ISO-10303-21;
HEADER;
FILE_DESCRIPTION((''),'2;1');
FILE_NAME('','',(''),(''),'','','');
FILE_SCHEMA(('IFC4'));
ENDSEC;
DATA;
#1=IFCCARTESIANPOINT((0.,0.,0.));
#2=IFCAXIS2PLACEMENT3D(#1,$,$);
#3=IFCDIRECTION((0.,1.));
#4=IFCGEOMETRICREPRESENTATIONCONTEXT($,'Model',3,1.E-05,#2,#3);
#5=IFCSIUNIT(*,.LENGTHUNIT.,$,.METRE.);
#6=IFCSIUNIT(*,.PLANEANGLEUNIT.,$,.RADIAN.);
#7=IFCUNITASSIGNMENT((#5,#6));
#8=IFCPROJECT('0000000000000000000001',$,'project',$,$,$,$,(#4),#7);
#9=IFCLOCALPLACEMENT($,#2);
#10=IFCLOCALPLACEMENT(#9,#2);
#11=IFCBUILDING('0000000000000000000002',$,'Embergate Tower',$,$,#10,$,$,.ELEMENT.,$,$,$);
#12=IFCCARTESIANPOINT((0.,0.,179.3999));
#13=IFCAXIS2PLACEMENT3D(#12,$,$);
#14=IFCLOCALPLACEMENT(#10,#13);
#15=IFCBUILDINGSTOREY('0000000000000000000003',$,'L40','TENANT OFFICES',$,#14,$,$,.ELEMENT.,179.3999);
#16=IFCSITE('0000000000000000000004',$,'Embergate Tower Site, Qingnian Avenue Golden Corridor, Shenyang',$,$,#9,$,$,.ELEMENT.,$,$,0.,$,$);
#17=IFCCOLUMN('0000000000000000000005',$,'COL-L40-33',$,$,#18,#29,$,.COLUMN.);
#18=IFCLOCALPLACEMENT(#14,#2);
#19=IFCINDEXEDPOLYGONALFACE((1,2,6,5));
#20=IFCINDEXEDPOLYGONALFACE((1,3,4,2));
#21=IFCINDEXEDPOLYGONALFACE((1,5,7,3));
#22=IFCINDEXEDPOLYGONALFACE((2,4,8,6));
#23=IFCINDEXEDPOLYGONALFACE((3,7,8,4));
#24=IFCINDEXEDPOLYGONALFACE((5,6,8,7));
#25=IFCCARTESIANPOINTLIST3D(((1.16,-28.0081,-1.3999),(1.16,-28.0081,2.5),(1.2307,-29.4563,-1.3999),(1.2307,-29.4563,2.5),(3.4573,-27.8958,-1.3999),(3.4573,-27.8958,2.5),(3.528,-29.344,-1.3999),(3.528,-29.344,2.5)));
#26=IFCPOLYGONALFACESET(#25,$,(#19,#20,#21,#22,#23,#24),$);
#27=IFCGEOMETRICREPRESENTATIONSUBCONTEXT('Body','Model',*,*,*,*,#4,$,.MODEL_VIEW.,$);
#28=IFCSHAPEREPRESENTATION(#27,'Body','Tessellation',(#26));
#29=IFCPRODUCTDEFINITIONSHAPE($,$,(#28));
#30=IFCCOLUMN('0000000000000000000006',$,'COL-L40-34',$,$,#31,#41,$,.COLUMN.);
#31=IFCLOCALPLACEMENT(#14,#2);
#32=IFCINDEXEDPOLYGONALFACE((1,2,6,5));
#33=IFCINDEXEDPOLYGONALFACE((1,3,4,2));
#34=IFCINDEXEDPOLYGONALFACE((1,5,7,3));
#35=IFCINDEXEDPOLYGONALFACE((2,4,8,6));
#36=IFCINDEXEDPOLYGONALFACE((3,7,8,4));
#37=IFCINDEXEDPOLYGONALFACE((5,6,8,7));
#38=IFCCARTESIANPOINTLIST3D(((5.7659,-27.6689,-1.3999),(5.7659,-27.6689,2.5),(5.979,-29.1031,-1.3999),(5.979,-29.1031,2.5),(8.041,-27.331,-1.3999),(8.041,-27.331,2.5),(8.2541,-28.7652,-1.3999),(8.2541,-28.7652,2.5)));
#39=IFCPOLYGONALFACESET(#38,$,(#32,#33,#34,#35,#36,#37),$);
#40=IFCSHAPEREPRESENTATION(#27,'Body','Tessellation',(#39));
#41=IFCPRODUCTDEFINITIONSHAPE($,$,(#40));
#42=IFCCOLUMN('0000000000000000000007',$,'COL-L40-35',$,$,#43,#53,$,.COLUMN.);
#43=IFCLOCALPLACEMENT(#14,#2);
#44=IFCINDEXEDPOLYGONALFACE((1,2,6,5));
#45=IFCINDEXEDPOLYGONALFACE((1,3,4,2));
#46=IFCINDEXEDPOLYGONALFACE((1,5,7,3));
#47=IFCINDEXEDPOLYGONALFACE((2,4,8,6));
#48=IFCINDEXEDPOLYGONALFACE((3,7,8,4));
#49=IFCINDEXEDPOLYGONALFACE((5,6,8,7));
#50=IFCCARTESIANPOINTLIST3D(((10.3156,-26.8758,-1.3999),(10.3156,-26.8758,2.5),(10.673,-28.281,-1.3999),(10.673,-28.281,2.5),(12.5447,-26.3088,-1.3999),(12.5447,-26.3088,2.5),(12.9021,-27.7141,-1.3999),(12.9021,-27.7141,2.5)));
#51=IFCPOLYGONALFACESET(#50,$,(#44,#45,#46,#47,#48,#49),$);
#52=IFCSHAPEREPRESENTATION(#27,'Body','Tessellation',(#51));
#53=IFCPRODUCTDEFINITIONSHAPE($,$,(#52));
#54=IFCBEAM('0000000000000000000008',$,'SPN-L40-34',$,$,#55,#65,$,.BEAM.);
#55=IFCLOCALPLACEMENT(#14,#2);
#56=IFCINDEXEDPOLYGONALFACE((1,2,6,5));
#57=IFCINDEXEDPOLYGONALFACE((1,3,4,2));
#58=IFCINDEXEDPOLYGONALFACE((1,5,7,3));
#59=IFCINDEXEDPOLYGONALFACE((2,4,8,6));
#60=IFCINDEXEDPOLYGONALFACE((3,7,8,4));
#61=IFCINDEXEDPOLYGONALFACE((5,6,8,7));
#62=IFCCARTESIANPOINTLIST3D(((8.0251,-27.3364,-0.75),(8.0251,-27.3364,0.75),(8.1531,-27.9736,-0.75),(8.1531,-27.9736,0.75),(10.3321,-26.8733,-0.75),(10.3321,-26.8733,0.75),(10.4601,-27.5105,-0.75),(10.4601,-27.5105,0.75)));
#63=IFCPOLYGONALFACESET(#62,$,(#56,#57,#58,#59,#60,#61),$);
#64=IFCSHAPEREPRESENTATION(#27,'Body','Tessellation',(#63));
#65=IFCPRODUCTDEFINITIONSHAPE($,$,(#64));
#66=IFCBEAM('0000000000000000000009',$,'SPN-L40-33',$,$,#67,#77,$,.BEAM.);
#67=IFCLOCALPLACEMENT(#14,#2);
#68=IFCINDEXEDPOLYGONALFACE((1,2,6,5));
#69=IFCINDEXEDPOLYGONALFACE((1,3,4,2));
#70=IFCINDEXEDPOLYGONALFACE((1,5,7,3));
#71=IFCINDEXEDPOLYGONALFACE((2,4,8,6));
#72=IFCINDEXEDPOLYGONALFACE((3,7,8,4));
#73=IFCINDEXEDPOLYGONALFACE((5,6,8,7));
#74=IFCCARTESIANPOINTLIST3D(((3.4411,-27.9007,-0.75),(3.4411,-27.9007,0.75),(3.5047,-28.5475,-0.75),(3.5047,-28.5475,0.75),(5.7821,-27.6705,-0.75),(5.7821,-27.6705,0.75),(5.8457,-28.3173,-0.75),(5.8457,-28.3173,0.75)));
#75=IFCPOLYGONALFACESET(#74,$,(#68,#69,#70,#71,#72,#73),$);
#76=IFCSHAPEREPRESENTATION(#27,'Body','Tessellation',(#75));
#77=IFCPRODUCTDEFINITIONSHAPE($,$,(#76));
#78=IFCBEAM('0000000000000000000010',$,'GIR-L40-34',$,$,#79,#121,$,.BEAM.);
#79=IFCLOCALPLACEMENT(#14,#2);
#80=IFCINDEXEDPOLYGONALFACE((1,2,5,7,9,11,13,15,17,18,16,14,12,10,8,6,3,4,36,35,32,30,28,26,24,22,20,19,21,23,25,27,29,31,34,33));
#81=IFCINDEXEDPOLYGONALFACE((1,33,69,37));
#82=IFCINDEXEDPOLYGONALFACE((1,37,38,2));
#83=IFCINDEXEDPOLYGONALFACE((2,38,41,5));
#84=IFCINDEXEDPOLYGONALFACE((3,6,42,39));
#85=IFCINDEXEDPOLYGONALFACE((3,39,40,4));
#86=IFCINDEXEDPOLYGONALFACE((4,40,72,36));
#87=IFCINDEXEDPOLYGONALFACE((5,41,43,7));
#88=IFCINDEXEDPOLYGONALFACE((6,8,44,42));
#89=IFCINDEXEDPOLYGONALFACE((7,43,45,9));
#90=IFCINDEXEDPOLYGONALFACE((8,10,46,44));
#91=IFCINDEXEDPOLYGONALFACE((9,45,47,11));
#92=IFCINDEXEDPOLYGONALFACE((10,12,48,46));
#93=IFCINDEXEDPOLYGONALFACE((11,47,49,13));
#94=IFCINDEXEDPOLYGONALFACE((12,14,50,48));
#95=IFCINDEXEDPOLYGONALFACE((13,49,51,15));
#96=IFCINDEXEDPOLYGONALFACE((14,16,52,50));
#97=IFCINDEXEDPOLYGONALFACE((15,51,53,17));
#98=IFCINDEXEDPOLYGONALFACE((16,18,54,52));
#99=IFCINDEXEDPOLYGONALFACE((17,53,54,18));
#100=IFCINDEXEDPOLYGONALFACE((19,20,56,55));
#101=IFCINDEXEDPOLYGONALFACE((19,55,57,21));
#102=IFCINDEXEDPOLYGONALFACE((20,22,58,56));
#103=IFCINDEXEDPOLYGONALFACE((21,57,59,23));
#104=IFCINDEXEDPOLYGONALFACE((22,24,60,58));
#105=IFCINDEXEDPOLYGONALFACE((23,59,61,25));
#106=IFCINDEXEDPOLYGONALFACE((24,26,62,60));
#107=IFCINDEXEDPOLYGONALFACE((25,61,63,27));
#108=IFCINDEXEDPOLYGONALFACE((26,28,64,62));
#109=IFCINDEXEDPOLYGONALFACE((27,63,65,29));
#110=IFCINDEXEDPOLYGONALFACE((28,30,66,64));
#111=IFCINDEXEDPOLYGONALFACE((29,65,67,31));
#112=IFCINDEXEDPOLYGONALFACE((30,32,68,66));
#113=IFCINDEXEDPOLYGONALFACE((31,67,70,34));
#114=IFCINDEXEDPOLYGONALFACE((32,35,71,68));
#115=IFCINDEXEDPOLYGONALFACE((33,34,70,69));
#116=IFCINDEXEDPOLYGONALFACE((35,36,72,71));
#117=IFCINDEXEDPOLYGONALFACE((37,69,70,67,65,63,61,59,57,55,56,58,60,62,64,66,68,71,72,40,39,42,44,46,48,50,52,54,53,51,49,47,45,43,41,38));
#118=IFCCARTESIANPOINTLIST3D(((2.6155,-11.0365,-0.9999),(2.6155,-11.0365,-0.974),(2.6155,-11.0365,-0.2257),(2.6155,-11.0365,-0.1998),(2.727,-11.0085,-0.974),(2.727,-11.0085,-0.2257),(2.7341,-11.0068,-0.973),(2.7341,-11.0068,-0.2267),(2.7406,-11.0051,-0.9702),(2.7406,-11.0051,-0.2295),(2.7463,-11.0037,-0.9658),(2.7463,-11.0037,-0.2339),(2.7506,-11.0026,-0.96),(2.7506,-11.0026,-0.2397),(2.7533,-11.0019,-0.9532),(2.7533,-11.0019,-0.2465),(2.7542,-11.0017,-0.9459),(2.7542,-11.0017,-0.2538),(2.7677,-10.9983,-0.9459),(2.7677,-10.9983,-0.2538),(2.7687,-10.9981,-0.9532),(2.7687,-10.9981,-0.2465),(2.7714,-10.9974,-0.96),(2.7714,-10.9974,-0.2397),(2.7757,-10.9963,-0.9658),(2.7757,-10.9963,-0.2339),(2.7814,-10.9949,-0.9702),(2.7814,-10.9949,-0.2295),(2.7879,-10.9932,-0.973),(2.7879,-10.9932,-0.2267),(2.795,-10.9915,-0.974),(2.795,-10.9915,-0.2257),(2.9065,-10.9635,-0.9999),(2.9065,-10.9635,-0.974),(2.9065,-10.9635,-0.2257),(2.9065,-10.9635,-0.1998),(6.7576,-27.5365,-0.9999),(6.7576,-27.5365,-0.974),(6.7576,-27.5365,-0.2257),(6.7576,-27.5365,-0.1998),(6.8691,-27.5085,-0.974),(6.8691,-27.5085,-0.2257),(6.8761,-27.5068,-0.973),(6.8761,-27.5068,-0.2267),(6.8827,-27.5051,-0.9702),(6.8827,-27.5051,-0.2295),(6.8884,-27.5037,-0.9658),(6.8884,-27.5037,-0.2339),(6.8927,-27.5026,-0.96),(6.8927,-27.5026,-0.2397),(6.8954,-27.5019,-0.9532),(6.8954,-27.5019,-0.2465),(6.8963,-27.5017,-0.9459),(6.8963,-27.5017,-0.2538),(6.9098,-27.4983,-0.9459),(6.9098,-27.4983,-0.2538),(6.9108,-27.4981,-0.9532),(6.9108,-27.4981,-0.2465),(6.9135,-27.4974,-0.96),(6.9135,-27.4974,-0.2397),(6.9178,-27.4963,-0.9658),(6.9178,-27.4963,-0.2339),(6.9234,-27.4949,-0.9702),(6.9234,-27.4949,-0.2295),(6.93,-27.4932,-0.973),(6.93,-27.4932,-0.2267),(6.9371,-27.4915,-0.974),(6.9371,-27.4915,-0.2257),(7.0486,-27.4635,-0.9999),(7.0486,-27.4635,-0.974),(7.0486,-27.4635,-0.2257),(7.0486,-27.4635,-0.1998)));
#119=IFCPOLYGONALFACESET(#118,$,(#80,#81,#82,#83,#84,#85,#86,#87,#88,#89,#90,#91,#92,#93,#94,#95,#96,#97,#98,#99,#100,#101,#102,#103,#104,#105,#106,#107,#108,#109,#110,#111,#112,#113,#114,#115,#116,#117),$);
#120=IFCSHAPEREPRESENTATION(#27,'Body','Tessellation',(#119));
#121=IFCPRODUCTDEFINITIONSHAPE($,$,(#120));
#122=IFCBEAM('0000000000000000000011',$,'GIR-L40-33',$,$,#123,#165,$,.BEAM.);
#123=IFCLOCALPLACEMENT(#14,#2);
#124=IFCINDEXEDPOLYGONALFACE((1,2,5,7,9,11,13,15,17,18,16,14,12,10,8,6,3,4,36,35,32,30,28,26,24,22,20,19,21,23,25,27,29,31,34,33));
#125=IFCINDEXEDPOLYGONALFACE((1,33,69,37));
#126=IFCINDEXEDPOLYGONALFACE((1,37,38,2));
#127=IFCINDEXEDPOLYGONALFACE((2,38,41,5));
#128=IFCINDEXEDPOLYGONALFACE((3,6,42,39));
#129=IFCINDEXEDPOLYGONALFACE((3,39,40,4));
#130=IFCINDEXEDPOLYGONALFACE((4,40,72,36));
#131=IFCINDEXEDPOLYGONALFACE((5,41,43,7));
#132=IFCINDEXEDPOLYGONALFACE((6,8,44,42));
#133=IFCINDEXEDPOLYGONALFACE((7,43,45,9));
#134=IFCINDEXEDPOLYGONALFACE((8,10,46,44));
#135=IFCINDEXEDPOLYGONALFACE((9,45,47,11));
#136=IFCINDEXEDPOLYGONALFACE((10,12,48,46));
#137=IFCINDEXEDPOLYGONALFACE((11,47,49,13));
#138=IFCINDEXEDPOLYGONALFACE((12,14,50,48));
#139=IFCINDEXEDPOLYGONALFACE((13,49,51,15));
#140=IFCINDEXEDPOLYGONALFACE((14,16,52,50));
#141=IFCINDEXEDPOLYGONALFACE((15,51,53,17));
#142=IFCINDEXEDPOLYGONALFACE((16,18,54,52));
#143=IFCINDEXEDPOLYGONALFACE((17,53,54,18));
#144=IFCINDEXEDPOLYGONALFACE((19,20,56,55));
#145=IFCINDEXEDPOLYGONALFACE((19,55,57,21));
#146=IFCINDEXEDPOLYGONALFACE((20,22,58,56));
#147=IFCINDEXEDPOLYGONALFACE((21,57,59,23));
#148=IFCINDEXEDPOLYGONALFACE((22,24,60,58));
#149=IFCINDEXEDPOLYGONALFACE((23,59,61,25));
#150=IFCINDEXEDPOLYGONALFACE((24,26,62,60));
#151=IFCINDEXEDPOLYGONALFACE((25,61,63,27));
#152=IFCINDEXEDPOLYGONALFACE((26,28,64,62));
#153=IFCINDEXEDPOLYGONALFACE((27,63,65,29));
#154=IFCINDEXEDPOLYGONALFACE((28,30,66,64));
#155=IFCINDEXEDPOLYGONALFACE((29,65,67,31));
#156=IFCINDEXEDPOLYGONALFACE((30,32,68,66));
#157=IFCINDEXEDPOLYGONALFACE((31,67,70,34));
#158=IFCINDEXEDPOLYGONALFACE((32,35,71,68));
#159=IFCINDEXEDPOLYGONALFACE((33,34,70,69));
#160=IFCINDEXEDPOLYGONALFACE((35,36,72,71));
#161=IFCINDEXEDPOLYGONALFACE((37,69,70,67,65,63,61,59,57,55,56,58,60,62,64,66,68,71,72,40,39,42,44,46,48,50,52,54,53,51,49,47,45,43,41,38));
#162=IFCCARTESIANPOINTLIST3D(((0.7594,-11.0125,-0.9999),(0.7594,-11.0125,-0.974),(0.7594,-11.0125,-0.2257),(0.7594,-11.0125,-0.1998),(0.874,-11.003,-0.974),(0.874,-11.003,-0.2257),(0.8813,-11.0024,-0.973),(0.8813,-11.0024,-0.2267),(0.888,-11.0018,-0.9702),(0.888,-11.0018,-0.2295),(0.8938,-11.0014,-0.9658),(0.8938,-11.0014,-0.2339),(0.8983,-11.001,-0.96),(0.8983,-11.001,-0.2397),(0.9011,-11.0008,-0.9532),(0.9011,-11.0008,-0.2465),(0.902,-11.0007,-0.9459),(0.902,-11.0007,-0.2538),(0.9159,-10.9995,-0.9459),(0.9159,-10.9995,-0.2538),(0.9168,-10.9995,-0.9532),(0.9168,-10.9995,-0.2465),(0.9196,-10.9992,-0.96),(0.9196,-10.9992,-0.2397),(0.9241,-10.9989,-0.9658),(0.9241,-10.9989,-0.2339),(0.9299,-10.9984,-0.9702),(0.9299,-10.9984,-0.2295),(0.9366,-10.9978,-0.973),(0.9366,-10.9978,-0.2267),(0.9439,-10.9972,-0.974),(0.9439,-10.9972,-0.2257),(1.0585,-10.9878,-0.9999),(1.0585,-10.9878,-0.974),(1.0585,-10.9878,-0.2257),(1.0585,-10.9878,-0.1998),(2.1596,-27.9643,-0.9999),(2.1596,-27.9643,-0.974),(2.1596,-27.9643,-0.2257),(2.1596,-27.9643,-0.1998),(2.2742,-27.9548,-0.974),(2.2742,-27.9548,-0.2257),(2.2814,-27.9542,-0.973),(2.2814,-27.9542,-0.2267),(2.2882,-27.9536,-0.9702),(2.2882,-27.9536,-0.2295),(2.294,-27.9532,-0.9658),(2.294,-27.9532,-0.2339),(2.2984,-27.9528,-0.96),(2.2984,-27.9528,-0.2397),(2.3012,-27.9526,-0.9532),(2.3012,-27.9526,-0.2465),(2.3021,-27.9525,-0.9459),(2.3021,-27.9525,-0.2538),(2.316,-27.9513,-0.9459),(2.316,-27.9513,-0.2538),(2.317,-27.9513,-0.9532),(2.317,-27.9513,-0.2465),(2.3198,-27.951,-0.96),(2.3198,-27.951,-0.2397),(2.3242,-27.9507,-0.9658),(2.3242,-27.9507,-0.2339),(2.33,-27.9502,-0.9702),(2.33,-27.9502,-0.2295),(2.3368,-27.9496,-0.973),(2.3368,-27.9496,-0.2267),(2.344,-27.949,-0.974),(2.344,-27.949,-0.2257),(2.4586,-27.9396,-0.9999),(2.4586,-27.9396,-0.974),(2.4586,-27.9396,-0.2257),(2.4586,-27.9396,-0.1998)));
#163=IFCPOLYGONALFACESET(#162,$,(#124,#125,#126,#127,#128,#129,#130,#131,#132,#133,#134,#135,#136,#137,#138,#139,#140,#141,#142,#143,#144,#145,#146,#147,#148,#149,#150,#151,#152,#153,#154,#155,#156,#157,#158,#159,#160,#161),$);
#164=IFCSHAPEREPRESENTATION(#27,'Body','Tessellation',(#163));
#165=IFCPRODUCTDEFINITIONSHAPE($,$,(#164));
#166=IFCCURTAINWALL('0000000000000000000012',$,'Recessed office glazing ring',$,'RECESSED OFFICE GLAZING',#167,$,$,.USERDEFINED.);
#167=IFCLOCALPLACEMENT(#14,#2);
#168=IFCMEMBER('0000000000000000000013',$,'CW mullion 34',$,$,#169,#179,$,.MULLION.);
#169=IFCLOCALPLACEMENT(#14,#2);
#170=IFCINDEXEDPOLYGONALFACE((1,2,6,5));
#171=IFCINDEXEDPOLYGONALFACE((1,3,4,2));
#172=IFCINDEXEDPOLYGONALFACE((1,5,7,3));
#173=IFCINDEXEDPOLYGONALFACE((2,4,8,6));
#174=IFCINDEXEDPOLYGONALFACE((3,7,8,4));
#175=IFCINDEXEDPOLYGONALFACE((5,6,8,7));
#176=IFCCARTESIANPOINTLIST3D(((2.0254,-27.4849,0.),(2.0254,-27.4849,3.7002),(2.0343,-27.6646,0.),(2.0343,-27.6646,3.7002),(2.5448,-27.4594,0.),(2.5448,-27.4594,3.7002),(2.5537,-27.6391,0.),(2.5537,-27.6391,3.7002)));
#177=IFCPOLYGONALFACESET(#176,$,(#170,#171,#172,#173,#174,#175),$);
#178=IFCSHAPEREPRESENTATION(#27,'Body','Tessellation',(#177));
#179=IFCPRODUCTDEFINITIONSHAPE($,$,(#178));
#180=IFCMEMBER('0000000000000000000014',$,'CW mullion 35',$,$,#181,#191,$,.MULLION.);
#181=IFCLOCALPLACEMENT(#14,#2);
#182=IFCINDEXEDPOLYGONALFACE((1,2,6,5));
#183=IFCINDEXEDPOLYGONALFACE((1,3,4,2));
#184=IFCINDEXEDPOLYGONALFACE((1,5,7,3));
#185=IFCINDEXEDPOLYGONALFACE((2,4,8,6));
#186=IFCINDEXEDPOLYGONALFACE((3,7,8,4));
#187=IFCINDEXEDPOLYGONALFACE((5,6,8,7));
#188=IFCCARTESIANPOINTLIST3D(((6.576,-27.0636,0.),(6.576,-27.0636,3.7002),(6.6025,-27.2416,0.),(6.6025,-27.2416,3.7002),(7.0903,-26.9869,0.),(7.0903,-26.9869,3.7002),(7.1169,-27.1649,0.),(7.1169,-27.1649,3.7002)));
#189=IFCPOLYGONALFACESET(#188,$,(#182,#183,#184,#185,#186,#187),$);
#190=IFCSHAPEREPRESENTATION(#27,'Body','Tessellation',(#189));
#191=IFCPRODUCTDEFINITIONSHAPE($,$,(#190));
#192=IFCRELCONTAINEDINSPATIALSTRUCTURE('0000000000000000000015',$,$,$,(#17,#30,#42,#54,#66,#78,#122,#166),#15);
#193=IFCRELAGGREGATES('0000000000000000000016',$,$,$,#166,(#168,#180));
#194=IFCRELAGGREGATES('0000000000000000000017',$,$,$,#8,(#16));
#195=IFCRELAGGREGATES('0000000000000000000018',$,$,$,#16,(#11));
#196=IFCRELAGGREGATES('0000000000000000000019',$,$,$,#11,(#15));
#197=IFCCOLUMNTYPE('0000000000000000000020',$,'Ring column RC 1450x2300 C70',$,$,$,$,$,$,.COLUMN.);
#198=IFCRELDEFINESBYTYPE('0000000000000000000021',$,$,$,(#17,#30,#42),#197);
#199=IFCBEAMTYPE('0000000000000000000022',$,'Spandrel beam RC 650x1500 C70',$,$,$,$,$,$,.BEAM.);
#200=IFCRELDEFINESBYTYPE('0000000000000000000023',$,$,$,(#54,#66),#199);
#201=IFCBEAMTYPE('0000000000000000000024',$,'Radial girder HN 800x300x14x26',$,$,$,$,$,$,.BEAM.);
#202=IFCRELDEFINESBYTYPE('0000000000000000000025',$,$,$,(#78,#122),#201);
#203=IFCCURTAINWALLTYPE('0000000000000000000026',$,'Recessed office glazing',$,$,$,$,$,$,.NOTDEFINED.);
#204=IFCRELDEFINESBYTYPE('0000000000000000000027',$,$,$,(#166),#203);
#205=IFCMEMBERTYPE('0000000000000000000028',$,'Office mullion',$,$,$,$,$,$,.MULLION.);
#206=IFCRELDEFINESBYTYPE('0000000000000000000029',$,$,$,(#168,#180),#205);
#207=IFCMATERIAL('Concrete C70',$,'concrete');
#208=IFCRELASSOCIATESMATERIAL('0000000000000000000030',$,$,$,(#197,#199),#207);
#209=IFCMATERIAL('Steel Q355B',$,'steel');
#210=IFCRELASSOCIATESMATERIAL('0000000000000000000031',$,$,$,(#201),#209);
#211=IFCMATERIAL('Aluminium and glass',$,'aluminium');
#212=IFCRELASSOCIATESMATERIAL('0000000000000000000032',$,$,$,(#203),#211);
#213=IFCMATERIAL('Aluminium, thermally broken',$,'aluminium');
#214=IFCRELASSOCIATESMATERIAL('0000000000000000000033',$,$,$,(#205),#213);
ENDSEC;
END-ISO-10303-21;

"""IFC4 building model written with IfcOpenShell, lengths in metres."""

from ifc_helpers import new_model, si_unit, direction, frame, origin, origin_2d, place, context, subcontext, project, spatial, rectangle, i_section, extrude, source, transform, mapped, material, material_profile, profile_set, type_object, element, aggregate, save


model = new_model("IFC4")

# Units and contexts
model_context = context("Model", 3, precision=1e-05, world=origin(), true_north=direction((0.0, 1.0)))
body_context = subcontext(model_context, "Body", "Model", "MODEL_VIEW")
ifc_project = project(units=[si_unit("LENGTHUNIT", "METRE"), si_unit("PLANEANGLEUNIT", "RADIAN")], contexts=[model_context])

# Site, building, storey
site_placement = place(None, origin())
site = spatial("IfcSite", under=ifc_project, at=site_placement, Name="Embergate Tower Site, Qingnian Avenue Golden Corridor, Shenyang", CompositionType="ELEMENT", RefElevation=0.0)
building_placement = place(site_placement, origin())
building = spatial("IfcBuilding", under=site, at=building_placement, Name="Embergate Tower", CompositionType="ELEMENT")
storey_placement = place(building_placement, frame((0.0, 0.0, 179.3999)))
storey = spatial("IfcBuildingStorey", under=building, at=storey_placement, Name="L40", Description="TENANT OFFICES", CompositionType="ELEMENT", Elevation=179.3999)

# Columns
ifc_material_1 = material(Name="Concrete C70", Category="concrete")
ifc_material_profile_1 = material_profile(ifc_material_1, rectangle(XDim=1.45, YDim=2.3, at=origin_2d()), Name="RC 1450x2300")
ifc_profile_set_1 = profile_set([ifc_material_profile_1], Name="Concrete C70")
column_type = type_object("IfcColumnType", Name="Ring column RC 1450x2300 C70", PredefinedType="COLUMN", material=ifc_profile_set_1)
shared_shape_1 = source(origin(), body_context, "Body", "SweptSolid", [
    extrude(rectangle(XDim=1.45, YDim=2.3, at=origin_2d()), origin(), (0.0, 0.0, 1.0), 3.8999),
])
for number, where, z_axis, x_axis, name in (
    (1, (2.344, -28.676, -1.3999), (0.0, 0.0, 1.0), (0.048815, -0.998808, 0.0), "COL-L40-33"),
    (2, (7.01, -28.217, -1.3999), (0.0, 0.0, 1.0), (0.146929, -0.989147, 0.0), "COL-L40-34"),
    (3, (11.6089, -27.2949, -1.3999), (0.0, 0.0, 1.0), (0.246492, -0.969145, 0.0), "COL-L40-35"),
):
    element("IfcColumn", number, at=place(storey_placement, frame(where, z_axis=z_axis, x_axis=x_axis)), inside=storey, type_object=column_type, Name=name, PredefinedType="COLUMN", context=body_context, shape_type="MappedRepresentation", body=[
        mapped(shared_shape_1, transform((0.0, 0.0, 0.0))),
    ])

# Beams
ifc_material_profile_2 = material_profile(ifc_material_1, rectangle(XDim=0.6499, YDim=1.5, at=origin_2d()), Name="RC 650x1500")
ifc_profile_set_2 = profile_set([ifc_material_profile_2], Name="Concrete C70")
beam_type_1 = type_object("IfcBeamType", Name="Spandrel beam RC 650x1500 C70", PredefinedType="BEAM", material=ifc_profile_set_2)
shared_shape_2 = source(origin(), body_context, "Body", "SweptSolid", [
    extrude(rectangle(XDim=0.6499, YDim=1.5, at=origin_2d()), origin(), (0.0, 0.0, 1.0), 2.353),
])
beam_1_placement = place(storey_placement, frame((8.0891, -27.655, 0.0), z_axis=(0.980437, 0.196834, 0.0), x_axis=(-0.196834, 0.980437, 0.0)))
element("IfcBeam", 4, at=beam_1_placement, inside=storey, type_object=beam_type_1, Name="SPN-L40-34", PredefinedType="BEAM", context=body_context, shape_type="MappedRepresentation", body=[
    mapped(shared_shape_2, transform((0.0, 0.0, 0.0))),
])
shared_shape_3 = source(origin(), body_context, "Body", "SweptSolid", [
    extrude(rectangle(XDim=0.6499, YDim=1.5, at=origin_2d()), origin(), (0.0, 0.0, 1.0), 2.3523),
])
beam_2_placement = place(storey_placement, frame((3.4729, -28.2241, 0.0), z_axis=(0.995199, 0.09787, 0.0), x_axis=(-0.09787, 0.995199, 0.0)))
element("IfcBeam", 5, at=beam_2_placement, inside=storey, type_object=beam_type_1, Name="SPN-L40-33", PredefinedType="BEAM", context=body_context, shape_type="MappedRepresentation", body=[
    mapped(shared_shape_3, transform((0.0, 0.0, 0.0))),
])
ifc_material_2 = material(Name="Steel Q355B", Category="steel")
ifc_material_profile_3 = material_profile(ifc_material_2, i_section(OverallWidth=0.3, OverallDepth=0.8, WebThickness=0.0139, FlangeThickness=0.0259, FilletRadius=0.0281, at=origin_2d()), Name="HN 800x300x14x26")
ifc_profile_set_3 = profile_set([ifc_material_profile_3], Name="Steel Q355 grade B")
beam_type_2 = type_object("IfcBeamType", Name="Radial girder HN 800x300x14x26", PredefinedType="BEAM", material=ifc_profile_set_3)
shared_shape_4 = source(origin(), body_context, "Body", "SweptSolid", [
    extrude(i_section(OverallWidth=0.3, OverallDepth=0.8, WebThickness=0.0139, FlangeThickness=0.0259, FilletRadius=0.0281, at=origin_2d()), origin(), (0.0, 0.0, 1.0), 17.012),
])
beam_3_placement = place(storey_placement, frame((6.9031, -27.5, -0.5999), z_axis=(-0.243481, 0.969906, 0.0), x_axis=(-0.969906, -0.243481, 0.0)))
element("IfcBeam", 6, at=beam_3_placement, inside=storey, type_object=beam_type_2, Name="GIR-L40-34", PredefinedType="BEAM", context=body_context, shape_type="MappedRepresentation", body=[
    mapped(shared_shape_4, transform((0.0, 0.0, 0.0))),
])
shared_shape_5 = source(origin(), body_context, "Body", "SweptSolid", [
    extrude(i_section(OverallWidth=0.3, OverallDepth=0.8, WebThickness=0.0139, FlangeThickness=0.0259, FilletRadius=0.0281, at=origin_2d()), origin(), (0.0, 0.0, 1.0), 17.0095),
])
beam_4_placement = place(storey_placement, frame((2.3091, -27.9519, -0.5999), z_axis=(-0.082315, 0.996606, 0.0), x_axis=(-0.996606, -0.082315, 0.0)))
element("IfcBeam", 7, at=beam_4_placement, inside=storey, type_object=beam_type_2, Name="GIR-L40-33", PredefinedType="BEAM", context=body_context, shape_type="MappedRepresentation", body=[
    mapped(shared_shape_5, transform((0.0, 0.0, 0.0))),
])

# Curtain wall, members
ifc_material_3 = material(Name="Aluminium and glass", Category="aluminium")
curtain_wall_type = type_object("IfcCurtainWallType", Name="Recessed office glazing", PredefinedType="NOTDEFINED", material=ifc_material_3)
curtain_wall_placement = place(storey_placement, origin())
curtain_wall = element("IfcCurtainWall", 8, at=curtain_wall_placement, inside=storey, type_object=curtain_wall_type, Name="Recessed office glazing ring", ObjectType="RECESSED OFFICE GLAZING", PredefinedType="USERDEFINED")
ifc_material_4 = material(Name="Aluminium, thermally broken", Category="aluminium")
ifc_material_profile_4 = material_profile(ifc_material_4, rectangle(XDim=0.1799, YDim=0.52, at=origin_2d()), Name="AL 520x180")
ifc_profile_set_4 = profile_set([ifc_material_profile_4], Name="Aluminium, thermally broken")
member_type_1 = type_object("IfcMemberType", Name="Office mullion", PredefinedType="MULLION", material=ifc_profile_set_4)
shared_shape_6 = source(origin(), body_context, "Body", "SweptSolid", [
    extrude(rectangle(XDim=0.1799, YDim=0.52, at=origin_2d()), origin(), (0.0, 0.0, 1.0), 3.7002),
])
member_1_placement = place(storey_placement, frame((2.2896, -27.562, 0.0), z_axis=(0.0, 0.0, 1.0), x_axis=(-0.04897, 0.9988, 0.0)))
member_1 = element("IfcMember", 9, at=member_1_placement, type_object=member_type_1, Name="CW mullion 34", PredefinedType="MULLION", context=body_context, shape_type="MappedRepresentation", body=[
    mapped(shared_shape_6, transform((0.0, 0.0, 0.0))),
])
member_2_placement = place(storey_placement, frame((6.8464, -27.1143, 0.0), z_axis=(0.0, 0.0, 1.0), x_axis=(-0.147409, 0.989076, 0.0)))
member_2 = element("IfcMember", 10, at=member_2_placement, type_object=member_type_1, Name="CW mullion 35", PredefinedType="MULLION", context=body_context, shape_type="MappedRepresentation", body=[
    mapped(shared_shape_6, transform((0.0, 0.0, 0.0))),
])
aggregate(curtain_wall, [member_1, member_2])

save(model, "model.ifc")
